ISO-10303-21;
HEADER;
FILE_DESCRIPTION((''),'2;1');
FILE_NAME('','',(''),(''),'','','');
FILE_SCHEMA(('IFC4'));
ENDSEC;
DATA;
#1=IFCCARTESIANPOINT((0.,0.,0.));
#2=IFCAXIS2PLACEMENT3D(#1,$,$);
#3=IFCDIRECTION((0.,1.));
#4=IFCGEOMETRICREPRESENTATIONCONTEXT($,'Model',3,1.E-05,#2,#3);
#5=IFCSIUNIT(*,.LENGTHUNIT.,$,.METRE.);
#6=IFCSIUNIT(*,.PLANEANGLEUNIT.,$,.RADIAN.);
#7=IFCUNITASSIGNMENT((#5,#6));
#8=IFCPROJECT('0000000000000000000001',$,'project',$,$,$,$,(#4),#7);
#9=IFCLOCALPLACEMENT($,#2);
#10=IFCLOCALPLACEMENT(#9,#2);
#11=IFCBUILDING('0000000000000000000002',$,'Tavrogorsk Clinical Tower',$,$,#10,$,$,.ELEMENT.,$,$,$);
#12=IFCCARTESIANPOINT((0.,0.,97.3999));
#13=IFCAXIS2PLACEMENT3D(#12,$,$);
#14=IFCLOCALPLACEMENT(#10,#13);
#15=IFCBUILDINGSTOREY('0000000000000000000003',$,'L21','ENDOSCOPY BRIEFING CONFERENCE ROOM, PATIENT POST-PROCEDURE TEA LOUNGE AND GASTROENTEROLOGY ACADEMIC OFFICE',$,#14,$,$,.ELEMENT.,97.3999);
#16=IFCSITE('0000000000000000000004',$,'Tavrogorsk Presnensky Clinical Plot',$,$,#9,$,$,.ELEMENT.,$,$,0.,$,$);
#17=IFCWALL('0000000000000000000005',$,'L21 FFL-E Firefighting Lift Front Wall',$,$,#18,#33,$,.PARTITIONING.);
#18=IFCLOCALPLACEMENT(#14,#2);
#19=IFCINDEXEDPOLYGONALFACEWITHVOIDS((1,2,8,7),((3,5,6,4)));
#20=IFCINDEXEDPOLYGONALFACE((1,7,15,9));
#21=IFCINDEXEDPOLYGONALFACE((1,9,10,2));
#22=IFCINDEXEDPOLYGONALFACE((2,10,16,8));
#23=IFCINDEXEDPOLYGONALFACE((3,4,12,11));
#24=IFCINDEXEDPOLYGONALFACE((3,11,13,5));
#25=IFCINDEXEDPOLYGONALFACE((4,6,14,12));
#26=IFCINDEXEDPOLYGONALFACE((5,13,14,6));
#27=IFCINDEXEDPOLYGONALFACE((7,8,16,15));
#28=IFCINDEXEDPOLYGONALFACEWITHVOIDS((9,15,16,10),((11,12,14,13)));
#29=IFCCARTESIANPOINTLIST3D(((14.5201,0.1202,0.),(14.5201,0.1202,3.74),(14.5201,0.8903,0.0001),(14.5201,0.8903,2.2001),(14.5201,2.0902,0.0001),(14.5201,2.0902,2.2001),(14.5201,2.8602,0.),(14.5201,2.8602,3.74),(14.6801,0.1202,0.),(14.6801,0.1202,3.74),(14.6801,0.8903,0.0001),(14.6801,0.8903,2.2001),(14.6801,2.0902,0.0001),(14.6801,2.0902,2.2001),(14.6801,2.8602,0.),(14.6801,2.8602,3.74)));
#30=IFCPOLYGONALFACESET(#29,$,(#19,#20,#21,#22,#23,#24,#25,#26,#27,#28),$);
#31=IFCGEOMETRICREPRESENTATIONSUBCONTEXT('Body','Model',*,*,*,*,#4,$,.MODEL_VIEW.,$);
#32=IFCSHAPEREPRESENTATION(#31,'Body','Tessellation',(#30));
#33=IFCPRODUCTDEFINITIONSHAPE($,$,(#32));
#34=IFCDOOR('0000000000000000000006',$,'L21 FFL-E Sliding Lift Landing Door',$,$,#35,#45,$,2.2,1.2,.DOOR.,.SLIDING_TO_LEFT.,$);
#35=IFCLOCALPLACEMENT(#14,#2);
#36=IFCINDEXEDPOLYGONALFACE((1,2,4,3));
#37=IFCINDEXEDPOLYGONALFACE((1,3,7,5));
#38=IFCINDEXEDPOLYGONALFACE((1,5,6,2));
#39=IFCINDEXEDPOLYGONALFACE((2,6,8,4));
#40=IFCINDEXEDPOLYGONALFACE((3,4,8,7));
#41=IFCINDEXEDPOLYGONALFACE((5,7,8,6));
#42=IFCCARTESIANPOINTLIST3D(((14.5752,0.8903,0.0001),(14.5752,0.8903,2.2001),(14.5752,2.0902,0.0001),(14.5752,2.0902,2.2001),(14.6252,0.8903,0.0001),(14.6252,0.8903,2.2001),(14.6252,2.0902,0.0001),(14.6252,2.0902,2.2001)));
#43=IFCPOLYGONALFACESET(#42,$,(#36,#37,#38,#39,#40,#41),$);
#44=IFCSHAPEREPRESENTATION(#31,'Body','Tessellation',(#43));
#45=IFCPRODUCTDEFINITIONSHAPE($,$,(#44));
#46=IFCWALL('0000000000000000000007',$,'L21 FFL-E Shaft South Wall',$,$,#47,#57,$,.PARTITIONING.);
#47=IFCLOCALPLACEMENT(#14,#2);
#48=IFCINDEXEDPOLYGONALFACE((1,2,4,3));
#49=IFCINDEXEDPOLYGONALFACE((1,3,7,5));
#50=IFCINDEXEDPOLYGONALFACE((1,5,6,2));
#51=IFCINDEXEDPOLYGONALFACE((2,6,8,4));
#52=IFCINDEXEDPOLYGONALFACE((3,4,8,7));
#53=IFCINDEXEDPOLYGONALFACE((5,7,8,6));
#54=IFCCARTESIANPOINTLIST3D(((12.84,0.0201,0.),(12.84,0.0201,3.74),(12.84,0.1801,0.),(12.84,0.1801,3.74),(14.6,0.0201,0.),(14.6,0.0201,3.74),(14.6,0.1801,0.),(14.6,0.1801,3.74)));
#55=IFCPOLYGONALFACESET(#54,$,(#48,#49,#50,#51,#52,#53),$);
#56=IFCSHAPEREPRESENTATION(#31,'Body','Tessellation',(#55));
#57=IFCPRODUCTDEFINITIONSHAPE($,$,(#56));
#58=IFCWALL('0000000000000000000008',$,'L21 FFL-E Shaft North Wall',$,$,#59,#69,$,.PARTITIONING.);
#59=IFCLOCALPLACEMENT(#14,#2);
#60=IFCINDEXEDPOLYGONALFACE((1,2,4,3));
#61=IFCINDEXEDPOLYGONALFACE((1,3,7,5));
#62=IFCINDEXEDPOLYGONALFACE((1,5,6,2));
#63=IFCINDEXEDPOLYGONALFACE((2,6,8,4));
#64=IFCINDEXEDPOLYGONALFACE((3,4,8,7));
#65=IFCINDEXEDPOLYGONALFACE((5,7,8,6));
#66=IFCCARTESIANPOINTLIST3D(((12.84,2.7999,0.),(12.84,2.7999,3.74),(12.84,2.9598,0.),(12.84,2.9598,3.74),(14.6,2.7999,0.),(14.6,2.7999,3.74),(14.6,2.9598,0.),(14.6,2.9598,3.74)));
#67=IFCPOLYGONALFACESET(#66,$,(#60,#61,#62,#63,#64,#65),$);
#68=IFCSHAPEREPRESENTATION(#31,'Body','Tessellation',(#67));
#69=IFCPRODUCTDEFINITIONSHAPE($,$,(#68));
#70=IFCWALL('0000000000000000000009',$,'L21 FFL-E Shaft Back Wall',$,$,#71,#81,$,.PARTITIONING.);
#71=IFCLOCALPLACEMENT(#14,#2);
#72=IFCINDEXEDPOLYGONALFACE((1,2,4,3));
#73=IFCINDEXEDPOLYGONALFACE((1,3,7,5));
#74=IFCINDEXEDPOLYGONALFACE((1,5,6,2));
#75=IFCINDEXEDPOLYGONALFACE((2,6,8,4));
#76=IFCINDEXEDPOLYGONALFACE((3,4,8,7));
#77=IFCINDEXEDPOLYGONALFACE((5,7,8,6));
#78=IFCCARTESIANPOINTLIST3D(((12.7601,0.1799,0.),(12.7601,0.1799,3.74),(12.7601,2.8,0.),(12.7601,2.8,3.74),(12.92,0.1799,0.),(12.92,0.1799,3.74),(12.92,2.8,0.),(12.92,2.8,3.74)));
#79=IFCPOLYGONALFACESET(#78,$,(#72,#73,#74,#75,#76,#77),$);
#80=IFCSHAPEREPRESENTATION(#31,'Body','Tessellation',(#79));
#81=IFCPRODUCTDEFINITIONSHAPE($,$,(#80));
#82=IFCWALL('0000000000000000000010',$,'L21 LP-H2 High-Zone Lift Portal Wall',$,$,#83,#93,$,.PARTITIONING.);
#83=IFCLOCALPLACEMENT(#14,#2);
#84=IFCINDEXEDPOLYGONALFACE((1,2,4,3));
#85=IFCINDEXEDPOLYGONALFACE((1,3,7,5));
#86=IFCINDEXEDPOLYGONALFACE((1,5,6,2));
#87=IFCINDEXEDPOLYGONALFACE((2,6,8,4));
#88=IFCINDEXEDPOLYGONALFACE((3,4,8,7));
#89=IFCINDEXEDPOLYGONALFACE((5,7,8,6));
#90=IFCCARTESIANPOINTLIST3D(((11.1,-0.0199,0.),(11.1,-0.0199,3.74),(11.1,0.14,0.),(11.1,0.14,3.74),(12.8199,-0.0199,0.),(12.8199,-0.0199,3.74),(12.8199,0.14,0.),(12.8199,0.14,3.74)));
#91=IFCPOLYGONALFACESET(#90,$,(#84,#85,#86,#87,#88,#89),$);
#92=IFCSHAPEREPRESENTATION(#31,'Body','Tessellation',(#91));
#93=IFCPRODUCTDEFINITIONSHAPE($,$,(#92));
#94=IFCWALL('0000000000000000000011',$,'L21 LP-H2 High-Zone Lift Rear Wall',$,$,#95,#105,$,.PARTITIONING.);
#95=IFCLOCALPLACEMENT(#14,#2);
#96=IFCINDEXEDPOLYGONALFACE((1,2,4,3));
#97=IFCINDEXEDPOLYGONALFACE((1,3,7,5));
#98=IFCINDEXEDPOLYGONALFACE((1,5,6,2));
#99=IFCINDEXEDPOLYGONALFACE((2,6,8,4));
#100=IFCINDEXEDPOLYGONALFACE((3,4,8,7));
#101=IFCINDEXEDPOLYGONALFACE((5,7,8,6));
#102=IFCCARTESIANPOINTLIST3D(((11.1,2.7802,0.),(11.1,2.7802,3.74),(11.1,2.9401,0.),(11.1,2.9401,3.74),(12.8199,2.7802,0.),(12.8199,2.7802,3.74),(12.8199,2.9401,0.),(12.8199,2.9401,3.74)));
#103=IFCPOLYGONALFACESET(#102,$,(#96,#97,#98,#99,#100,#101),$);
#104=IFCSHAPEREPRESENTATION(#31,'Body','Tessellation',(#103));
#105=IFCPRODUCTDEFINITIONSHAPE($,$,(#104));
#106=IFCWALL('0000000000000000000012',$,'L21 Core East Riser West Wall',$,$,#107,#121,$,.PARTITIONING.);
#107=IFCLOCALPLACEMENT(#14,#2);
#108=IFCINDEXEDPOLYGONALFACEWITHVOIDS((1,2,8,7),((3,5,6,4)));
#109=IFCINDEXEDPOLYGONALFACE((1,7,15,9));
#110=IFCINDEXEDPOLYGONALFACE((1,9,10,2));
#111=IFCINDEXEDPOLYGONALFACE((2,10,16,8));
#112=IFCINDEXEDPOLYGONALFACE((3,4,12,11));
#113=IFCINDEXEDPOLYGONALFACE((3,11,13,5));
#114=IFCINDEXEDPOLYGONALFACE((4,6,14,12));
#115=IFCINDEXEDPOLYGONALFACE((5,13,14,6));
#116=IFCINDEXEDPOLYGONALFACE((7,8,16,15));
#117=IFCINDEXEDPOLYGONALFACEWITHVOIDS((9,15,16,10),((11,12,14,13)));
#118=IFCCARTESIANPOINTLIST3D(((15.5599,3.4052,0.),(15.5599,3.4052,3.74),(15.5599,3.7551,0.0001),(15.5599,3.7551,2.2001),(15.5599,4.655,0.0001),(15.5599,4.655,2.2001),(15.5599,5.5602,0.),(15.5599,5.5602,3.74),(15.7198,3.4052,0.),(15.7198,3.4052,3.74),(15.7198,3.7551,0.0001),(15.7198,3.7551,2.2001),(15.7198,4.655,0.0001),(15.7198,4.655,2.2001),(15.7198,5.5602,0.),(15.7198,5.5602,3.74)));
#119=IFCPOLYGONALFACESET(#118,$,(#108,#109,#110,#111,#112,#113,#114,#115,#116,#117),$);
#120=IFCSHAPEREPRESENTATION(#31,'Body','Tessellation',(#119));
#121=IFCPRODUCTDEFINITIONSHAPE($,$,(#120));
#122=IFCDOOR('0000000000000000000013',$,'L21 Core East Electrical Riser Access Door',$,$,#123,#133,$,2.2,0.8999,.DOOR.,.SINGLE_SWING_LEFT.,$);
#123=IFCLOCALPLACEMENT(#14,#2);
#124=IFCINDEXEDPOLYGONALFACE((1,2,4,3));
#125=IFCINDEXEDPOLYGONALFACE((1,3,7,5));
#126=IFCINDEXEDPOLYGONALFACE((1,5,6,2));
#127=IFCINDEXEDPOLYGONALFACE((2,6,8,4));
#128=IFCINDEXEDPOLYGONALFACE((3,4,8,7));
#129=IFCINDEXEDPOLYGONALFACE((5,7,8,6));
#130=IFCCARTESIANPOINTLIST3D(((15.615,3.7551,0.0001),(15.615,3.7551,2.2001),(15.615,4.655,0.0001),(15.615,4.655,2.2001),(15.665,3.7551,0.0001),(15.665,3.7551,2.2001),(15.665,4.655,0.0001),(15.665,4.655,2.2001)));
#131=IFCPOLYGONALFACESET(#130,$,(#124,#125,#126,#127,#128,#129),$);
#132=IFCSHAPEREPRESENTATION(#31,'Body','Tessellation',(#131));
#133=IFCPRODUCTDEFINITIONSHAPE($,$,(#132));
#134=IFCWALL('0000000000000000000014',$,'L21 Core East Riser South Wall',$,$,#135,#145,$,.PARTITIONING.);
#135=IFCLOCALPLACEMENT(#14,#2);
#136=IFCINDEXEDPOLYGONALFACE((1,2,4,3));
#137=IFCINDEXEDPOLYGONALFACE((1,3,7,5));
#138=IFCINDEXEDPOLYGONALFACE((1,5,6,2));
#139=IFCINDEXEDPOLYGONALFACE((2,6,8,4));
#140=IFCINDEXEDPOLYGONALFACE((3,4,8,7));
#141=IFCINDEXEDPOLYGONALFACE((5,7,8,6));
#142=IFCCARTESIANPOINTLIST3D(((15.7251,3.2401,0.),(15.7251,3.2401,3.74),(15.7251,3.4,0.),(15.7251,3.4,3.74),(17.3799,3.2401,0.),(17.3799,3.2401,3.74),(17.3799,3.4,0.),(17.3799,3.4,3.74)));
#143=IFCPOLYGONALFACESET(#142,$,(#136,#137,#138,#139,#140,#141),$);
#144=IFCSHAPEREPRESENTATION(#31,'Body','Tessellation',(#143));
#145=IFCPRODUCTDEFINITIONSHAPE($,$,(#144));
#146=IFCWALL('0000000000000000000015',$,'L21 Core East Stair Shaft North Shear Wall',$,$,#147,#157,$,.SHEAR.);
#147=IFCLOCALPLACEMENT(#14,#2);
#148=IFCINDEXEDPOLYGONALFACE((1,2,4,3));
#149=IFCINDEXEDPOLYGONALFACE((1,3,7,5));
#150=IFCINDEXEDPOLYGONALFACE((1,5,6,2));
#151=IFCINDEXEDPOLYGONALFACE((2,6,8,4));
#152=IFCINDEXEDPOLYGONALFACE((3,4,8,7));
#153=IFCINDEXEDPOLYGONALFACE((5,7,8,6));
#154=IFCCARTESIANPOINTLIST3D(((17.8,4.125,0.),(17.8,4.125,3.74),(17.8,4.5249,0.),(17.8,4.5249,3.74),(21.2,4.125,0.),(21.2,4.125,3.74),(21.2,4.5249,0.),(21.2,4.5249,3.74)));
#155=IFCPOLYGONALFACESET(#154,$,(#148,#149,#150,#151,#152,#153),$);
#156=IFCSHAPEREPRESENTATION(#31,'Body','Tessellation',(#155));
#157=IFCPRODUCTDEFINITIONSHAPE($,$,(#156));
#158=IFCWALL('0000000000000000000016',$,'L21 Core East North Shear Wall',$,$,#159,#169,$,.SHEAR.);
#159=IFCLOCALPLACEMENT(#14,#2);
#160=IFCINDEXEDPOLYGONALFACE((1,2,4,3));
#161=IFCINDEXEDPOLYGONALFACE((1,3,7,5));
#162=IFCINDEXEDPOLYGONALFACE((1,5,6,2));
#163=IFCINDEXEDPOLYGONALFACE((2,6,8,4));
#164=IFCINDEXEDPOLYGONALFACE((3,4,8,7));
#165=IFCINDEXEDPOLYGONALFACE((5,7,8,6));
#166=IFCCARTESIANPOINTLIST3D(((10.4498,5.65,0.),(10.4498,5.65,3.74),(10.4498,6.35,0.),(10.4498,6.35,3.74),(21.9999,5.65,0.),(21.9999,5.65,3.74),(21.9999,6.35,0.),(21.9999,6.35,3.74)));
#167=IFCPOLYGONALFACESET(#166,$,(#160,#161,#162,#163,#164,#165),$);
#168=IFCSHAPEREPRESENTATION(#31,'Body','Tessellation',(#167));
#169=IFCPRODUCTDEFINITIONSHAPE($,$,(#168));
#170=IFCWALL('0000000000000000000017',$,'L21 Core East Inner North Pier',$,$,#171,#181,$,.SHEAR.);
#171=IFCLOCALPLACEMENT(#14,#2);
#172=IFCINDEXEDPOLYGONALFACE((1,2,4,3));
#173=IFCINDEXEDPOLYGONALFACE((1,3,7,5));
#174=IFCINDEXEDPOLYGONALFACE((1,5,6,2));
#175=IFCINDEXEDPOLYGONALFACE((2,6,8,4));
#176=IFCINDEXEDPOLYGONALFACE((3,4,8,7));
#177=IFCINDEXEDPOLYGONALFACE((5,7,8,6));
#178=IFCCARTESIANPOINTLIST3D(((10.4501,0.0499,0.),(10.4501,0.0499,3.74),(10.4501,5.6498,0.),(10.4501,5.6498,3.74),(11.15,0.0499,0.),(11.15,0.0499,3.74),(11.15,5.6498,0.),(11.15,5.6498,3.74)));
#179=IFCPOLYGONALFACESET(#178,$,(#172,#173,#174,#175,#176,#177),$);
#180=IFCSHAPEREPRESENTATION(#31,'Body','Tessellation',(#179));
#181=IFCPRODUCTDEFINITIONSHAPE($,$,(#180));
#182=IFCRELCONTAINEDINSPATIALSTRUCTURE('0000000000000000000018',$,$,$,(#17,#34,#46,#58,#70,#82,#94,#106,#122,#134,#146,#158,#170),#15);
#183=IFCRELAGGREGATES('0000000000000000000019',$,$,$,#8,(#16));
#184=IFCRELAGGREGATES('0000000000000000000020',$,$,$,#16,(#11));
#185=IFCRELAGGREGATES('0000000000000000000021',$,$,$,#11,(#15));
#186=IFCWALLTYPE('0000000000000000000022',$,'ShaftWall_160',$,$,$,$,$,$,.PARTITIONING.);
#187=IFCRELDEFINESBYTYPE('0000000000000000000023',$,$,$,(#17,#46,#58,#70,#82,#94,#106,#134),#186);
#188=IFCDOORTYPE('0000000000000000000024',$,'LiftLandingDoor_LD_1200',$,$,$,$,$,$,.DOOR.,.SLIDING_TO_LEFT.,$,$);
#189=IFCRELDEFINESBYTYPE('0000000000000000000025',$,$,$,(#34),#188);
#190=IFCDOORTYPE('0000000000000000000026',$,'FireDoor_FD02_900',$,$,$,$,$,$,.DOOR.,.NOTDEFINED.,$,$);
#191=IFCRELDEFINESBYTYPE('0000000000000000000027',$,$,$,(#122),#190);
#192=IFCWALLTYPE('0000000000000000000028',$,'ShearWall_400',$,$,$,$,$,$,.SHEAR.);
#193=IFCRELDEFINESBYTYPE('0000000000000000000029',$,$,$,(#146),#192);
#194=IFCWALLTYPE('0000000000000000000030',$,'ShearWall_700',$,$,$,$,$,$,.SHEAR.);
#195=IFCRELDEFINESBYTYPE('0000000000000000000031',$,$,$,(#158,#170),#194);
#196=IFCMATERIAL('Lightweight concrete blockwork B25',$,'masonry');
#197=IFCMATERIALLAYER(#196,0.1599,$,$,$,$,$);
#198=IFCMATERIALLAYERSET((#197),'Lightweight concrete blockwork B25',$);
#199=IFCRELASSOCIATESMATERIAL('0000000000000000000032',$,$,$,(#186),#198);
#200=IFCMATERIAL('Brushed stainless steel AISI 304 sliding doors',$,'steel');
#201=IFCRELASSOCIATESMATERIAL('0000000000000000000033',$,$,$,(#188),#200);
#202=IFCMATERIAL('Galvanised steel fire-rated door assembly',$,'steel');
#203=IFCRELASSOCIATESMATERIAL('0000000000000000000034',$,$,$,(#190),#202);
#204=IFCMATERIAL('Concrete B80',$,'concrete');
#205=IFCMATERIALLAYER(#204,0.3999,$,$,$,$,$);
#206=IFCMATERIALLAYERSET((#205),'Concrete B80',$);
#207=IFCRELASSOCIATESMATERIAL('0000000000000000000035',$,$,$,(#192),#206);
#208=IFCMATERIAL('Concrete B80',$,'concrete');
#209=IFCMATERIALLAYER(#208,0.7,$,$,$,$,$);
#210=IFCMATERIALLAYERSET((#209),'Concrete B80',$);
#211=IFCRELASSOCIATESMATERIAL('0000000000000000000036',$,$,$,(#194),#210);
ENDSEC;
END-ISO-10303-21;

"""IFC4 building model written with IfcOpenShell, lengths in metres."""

from ifc_helpers import new_model, si_unit, direction, frame, frame_2d, origin, place, context, subcontext, project, spatial, rectangle, extrude, material, layer, layer_set, type_object, element, fill, save


model = new_model("IFC4")

# Units and contexts
model_context = context("Model", 3, precision=1e-05, world=origin(), true_north=direction((0.0, 1.0)))
body_context = subcontext(model_context, "Body", "Model", "MODEL_VIEW")
ifc_project = project(units=[si_unit("LENGTHUNIT", "METRE"), si_unit("PLANEANGLEUNIT", "RADIAN")], contexts=[model_context])

# Site, building, storey
site_placement = place(None, origin())
site = spatial("IfcSite", under=ifc_project, at=site_placement, Name="Tavrogorsk Presnensky Clinical Plot", CompositionType="ELEMENT", RefElevation=0.0)
building_placement = place(site_placement, origin())
building = spatial("IfcBuilding", under=site, at=building_placement, Name="Tavrogorsk Clinical Tower", CompositionType="ELEMENT")
storey_placement = place(building_placement, frame((0.0, 0.0, 97.3999)))
storey = spatial("IfcBuildingStorey", under=building, at=storey_placement, Name="L21", Description="ENDOSCOPY BRIEFING CONFERENCE ROOM, PATIENT POST-PROCEDURE TEA LOUNGE AND GASTROENTEROLOGY ACADEMIC OFFICE", CompositionType="ELEMENT", Elevation=97.3999)

# Wall, opening, door
ifc_material_1 = material(Name="Lightweight concrete blockwork B25", Category="masonry")
ifc_layer_1 = layer(ifc_material_1, 0.1599)
ifc_layer_set_1 = layer_set([ifc_layer_1], Name="Lightweight concrete blockwork B25")
wall_type_1 = type_object("IfcWallType", Name="ShaftWall_160", PredefinedType="PARTITIONING", material=ifc_layer_set_1)
wall_1_placement = place(storey_placement, frame((14.6001, 0.1201, 0.0), z_axis=(0.0, 0.0, 1.0), x_axis=(0.0, 1.0, 0.0)))
wall_1 = element("IfcWall", 1, at=wall_1_placement, inside=storey, type_object=wall_type_1, Name="L21 FFL-E Firefighting Lift Front Wall", PredefinedType="PARTITIONING", context=body_context, shape_type="SweptSolid", body=[
    extrude(rectangle(XDim=2.74, YDim=0.1599, at=frame_2d((1.3701, 0.0))), origin(), (0.0, 0.0, 1.0), 3.74),
])
opening_1_placement = place(wall_1_placement, frame((0.77, 0.0, 0.0)))
opening_1 = element("IfcOpeningElement", 2, at=opening_1_placement, cuts=wall_1, PredefinedType="OPENING", context=body_context, shape_type="SweptSolid", body=[
    extrude(rectangle(XDim=1.2, YDim=2.2, at=frame_2d((0.6001, 1.1001))), frame((0.0, 0.0898, 0.0), z_axis=(0.0, -1.0, 0.0), x_axis=(1.0, 0.0, 0.0)), (0.0, 0.0, 1.0), 0.1799),
])
ifc_material_2 = material(Name="Brushed stainless steel AISI 304 sliding doors", Category="steel")
door_type_1 = type_object("IfcDoorType", Name="LiftLandingDoor_LD_1200", OperationType="SLIDING_TO_LEFT", PredefinedType="DOOR", material=ifc_material_2)
door_1_placement = place(opening_1_placement, origin())
door_1 = element("IfcDoor", 3, at=door_1_placement, inside=storey, type_object=door_type_1, Name="L21 FFL-E Sliding Lift Landing Door", OperationType="SLIDING_TO_LEFT", OverallHeight=2.2, OverallWidth=1.2, PredefinedType="DOOR", context=body_context, shape_type="SweptSolid", body=[
    extrude(rectangle(XDim=1.2, YDim=2.2, at=frame_2d((0.6001, 1.1001))), frame((0.0, 0.0249, 0.0), z_axis=(0.0, -1.0, 0.0), x_axis=(1.0, 0.0, 0.0)), (0.0, 0.0, 1.0), 0.05),
])
fill(opening_1, door_1)

# Walls
for number, where, z_axis, x_axis, name in (
    (4, (12.8401, 0.1001, 0.0), (0.0, 0.0, 1.0), (1.0, 0.0, 0.0), "L21 FFL-E Shaft South Wall"),
    (5, (12.8401, 2.8799, 0.0), (0.0, 0.0, 1.0), (1.0, 0.0, 0.0), "L21 FFL-E Shaft North Wall"),
):
    element("IfcWall", number, at=place(storey_placement, frame(where, z_axis=z_axis, x_axis=x_axis)), inside=storey, type_object=wall_type_1, Name=name, PredefinedType="PARTITIONING", context=body_context, shape_type="SweptSolid", body=[
        extrude(rectangle(XDim=1.76, YDim=0.1599, at=frame_2d((0.8799, 0.0))), origin(), (0.0, 0.0, 1.0), 3.74),
    ])
wall_2_placement = place(storey_placement, frame((12.8401, 0.1799, 0.0), z_axis=(0.0, 0.0, 1.0), x_axis=(0.0, 1.0, 0.0)))
element("IfcWall", 6, at=wall_2_placement, inside=storey, type_object=wall_type_1, Name="L21 FFL-E Shaft Back Wall", PredefinedType="PARTITIONING", context=body_context, shape_type="SweptSolid", body=[
    extrude(rectangle(XDim=2.6201, YDim=0.1599, at=frame_2d((1.3101, 0.0))), origin(), (0.0, 0.0, 1.0), 3.74),
])
for number, where, z_axis, x_axis, name in (
    (7, (11.1001, 0.0601, 0.0), (0.0, 0.0, 1.0), (1.0, 0.0, 0.0), "L21 LP-H2 High-Zone Lift Portal Wall"),
    (8, (11.1001, 2.8601, 0.0), (0.0, 0.0, 1.0), (1.0, 0.0, 0.0), "L21 LP-H2 High-Zone Lift Rear Wall"),
):
    element("IfcWall", number, at=place(storey_placement, frame(where, z_axis=z_axis, x_axis=x_axis)), inside=storey, type_object=wall_type_1, Name=name, PredefinedType="PARTITIONING", context=body_context, shape_type="SweptSolid", body=[
        extrude(rectangle(XDim=1.72, YDim=0.1599, at=frame_2d((0.8599, 0.0))), origin(), (0.0, 0.0, 1.0), 3.74),
    ])

# Wall, opening, door
wall_3_placement = place(storey_placement, frame((15.6399, 3.405, 0.0), z_axis=(0.0, 0.0, 1.0), x_axis=(0.0, 1.0, 0.0)))
wall_3 = element("IfcWall", 9, at=wall_3_placement, inside=storey, type_object=wall_type_1, Name="L21 Core East Riser West Wall", PredefinedType="PARTITIONING", context=body_context, shape_type="SweptSolid", body=[
    extrude(rectangle(XDim=2.155, YDim=0.1599, at=frame_2d((1.0776, 0.0))), origin(), (0.0, 0.0, 1.0), 3.74),
])
opening_2_placement = place(wall_3_placement, frame((0.3501, 0.0, 0.0)))
opening_2 = element("IfcOpeningElement", 10, at=opening_2_placement, cuts=wall_3, PredefinedType="OPENING", context=body_context, shape_type="SweptSolid", body=[
    extrude(rectangle(XDim=0.8999, YDim=2.2, at=frame_2d((0.45, 1.1001))), frame((0.0, 0.0898, 0.0), z_axis=(0.0, -1.0, 0.0), x_axis=(1.0, 0.0, 0.0)), (0.0, 0.0, 1.0), 0.1799),
])
ifc_material_3 = material(Name="Galvanised steel fire-rated door assembly", Category="steel")
door_type_2 = type_object("IfcDoorType", Name="FireDoor_FD02_900", OperationType="NOTDEFINED", PredefinedType="DOOR", material=ifc_material_3)
door_2_placement = place(opening_2_placement, origin())
door_2 = element("IfcDoor", 11, at=door_2_placement, inside=storey, type_object=door_type_2, Name="L21 Core East Electrical Riser Access Door", OperationType="SINGLE_SWING_LEFT", OverallHeight=2.2, OverallWidth=0.8999, PredefinedType="DOOR", context=body_context, shape_type="SweptSolid", body=[
    extrude(rectangle(XDim=0.8999, YDim=2.2, at=frame_2d((0.45, 1.1001))), frame((0.0, 0.0249, 0.0), z_axis=(0.0, -1.0, 0.0), x_axis=(1.0, 0.0, 0.0)), (0.0, 0.0, 1.0), 0.05),
])
fill(opening_2, door_2)

# Walls
wall_4_placement = place(storey_placement, frame((15.7251, 3.3201, 0.0), z_axis=(0.0, 0.0, 1.0), x_axis=(1.0, 0.0, 0.0)))
element("IfcWall", 12, at=wall_4_placement, inside=storey, type_object=wall_type_1, Name="L21 Core East Riser South Wall", PredefinedType="PARTITIONING", context=body_context, shape_type="SweptSolid", body=[
    extrude(rectangle(XDim=1.6548, YDim=0.1599, at=frame_2d((0.8274, 0.0))), origin(), (0.0, 0.0, 1.0), 3.74),
])
ifc_material_4 = material(Name="Concrete B80", Category="concrete")
ifc_layer_2 = layer(ifc_material_4, 0.3999)
ifc_layer_set_2 = layer_set([ifc_layer_2], Name="Concrete B80")
wall_type_2 = type_object("IfcWallType", Name="ShearWall_400", PredefinedType="SHEAR", material=ifc_layer_set_2)
wall_5_placement = place(storey_placement, frame((17.8, 4.325, 0.0), z_axis=(0.0, 0.0, 1.0), x_axis=(1.0, 0.0, 0.0)))
element("IfcWall", 13, at=wall_5_placement, inside=storey, type_object=wall_type_2, Name="L21 Core East Stair Shaft North Shear Wall", PredefinedType="SHEAR", context=body_context, shape_type="SweptSolid", body=[
    extrude(rectangle(XDim=3.3999, YDim=0.3999, at=frame_2d((1.7, 0.0))), origin(), (0.0, 0.0, 1.0), 3.74),
])
ifc_material_5 = material(Name="Concrete B80", Category="concrete")
ifc_layer_3 = layer(ifc_material_5, 0.7)
ifc_layer_set_3 = layer_set([ifc_layer_3], Name="Concrete B80")
wall_type_3 = type_object("IfcWallType", Name="ShearWall_700", PredefinedType="SHEAR", material=ifc_layer_set_3)
wall_6_placement = place(storey_placement, frame((10.45, 6.0, 0.0), z_axis=(0.0, 0.0, 1.0), x_axis=(1.0, 0.0, 0.0)))
element("IfcWall", 14, at=wall_6_placement, inside=storey, type_object=wall_type_3, Name="L21 Core East North Shear Wall", PredefinedType="SHEAR", context=body_context, shape_type="SweptSolid", body=[
    extrude(rectangle(XDim=11.55, YDim=0.7, at=frame_2d((5.7749, 0.0))), origin(), (0.0, 0.0, 1.0), 3.74),
])
wall_7_placement = place(storey_placement, frame((10.8, 0.05, 0.0), z_axis=(0.0, 0.0, 1.0), x_axis=(0.0, 1.0, 0.0)))
element("IfcWall", 15, at=wall_7_placement, inside=storey, type_object=wall_type_3, Name="L21 Core East Inner North Pier", PredefinedType="SHEAR", context=body_context, shape_type="SweptSolid", body=[
    extrude(rectangle(XDim=5.5999, YDim=0.7, at=frame_2d((2.7998, 0.0))), origin(), (0.0, 0.0, 1.0), 3.74),
])

save(model, "model.ifc")
